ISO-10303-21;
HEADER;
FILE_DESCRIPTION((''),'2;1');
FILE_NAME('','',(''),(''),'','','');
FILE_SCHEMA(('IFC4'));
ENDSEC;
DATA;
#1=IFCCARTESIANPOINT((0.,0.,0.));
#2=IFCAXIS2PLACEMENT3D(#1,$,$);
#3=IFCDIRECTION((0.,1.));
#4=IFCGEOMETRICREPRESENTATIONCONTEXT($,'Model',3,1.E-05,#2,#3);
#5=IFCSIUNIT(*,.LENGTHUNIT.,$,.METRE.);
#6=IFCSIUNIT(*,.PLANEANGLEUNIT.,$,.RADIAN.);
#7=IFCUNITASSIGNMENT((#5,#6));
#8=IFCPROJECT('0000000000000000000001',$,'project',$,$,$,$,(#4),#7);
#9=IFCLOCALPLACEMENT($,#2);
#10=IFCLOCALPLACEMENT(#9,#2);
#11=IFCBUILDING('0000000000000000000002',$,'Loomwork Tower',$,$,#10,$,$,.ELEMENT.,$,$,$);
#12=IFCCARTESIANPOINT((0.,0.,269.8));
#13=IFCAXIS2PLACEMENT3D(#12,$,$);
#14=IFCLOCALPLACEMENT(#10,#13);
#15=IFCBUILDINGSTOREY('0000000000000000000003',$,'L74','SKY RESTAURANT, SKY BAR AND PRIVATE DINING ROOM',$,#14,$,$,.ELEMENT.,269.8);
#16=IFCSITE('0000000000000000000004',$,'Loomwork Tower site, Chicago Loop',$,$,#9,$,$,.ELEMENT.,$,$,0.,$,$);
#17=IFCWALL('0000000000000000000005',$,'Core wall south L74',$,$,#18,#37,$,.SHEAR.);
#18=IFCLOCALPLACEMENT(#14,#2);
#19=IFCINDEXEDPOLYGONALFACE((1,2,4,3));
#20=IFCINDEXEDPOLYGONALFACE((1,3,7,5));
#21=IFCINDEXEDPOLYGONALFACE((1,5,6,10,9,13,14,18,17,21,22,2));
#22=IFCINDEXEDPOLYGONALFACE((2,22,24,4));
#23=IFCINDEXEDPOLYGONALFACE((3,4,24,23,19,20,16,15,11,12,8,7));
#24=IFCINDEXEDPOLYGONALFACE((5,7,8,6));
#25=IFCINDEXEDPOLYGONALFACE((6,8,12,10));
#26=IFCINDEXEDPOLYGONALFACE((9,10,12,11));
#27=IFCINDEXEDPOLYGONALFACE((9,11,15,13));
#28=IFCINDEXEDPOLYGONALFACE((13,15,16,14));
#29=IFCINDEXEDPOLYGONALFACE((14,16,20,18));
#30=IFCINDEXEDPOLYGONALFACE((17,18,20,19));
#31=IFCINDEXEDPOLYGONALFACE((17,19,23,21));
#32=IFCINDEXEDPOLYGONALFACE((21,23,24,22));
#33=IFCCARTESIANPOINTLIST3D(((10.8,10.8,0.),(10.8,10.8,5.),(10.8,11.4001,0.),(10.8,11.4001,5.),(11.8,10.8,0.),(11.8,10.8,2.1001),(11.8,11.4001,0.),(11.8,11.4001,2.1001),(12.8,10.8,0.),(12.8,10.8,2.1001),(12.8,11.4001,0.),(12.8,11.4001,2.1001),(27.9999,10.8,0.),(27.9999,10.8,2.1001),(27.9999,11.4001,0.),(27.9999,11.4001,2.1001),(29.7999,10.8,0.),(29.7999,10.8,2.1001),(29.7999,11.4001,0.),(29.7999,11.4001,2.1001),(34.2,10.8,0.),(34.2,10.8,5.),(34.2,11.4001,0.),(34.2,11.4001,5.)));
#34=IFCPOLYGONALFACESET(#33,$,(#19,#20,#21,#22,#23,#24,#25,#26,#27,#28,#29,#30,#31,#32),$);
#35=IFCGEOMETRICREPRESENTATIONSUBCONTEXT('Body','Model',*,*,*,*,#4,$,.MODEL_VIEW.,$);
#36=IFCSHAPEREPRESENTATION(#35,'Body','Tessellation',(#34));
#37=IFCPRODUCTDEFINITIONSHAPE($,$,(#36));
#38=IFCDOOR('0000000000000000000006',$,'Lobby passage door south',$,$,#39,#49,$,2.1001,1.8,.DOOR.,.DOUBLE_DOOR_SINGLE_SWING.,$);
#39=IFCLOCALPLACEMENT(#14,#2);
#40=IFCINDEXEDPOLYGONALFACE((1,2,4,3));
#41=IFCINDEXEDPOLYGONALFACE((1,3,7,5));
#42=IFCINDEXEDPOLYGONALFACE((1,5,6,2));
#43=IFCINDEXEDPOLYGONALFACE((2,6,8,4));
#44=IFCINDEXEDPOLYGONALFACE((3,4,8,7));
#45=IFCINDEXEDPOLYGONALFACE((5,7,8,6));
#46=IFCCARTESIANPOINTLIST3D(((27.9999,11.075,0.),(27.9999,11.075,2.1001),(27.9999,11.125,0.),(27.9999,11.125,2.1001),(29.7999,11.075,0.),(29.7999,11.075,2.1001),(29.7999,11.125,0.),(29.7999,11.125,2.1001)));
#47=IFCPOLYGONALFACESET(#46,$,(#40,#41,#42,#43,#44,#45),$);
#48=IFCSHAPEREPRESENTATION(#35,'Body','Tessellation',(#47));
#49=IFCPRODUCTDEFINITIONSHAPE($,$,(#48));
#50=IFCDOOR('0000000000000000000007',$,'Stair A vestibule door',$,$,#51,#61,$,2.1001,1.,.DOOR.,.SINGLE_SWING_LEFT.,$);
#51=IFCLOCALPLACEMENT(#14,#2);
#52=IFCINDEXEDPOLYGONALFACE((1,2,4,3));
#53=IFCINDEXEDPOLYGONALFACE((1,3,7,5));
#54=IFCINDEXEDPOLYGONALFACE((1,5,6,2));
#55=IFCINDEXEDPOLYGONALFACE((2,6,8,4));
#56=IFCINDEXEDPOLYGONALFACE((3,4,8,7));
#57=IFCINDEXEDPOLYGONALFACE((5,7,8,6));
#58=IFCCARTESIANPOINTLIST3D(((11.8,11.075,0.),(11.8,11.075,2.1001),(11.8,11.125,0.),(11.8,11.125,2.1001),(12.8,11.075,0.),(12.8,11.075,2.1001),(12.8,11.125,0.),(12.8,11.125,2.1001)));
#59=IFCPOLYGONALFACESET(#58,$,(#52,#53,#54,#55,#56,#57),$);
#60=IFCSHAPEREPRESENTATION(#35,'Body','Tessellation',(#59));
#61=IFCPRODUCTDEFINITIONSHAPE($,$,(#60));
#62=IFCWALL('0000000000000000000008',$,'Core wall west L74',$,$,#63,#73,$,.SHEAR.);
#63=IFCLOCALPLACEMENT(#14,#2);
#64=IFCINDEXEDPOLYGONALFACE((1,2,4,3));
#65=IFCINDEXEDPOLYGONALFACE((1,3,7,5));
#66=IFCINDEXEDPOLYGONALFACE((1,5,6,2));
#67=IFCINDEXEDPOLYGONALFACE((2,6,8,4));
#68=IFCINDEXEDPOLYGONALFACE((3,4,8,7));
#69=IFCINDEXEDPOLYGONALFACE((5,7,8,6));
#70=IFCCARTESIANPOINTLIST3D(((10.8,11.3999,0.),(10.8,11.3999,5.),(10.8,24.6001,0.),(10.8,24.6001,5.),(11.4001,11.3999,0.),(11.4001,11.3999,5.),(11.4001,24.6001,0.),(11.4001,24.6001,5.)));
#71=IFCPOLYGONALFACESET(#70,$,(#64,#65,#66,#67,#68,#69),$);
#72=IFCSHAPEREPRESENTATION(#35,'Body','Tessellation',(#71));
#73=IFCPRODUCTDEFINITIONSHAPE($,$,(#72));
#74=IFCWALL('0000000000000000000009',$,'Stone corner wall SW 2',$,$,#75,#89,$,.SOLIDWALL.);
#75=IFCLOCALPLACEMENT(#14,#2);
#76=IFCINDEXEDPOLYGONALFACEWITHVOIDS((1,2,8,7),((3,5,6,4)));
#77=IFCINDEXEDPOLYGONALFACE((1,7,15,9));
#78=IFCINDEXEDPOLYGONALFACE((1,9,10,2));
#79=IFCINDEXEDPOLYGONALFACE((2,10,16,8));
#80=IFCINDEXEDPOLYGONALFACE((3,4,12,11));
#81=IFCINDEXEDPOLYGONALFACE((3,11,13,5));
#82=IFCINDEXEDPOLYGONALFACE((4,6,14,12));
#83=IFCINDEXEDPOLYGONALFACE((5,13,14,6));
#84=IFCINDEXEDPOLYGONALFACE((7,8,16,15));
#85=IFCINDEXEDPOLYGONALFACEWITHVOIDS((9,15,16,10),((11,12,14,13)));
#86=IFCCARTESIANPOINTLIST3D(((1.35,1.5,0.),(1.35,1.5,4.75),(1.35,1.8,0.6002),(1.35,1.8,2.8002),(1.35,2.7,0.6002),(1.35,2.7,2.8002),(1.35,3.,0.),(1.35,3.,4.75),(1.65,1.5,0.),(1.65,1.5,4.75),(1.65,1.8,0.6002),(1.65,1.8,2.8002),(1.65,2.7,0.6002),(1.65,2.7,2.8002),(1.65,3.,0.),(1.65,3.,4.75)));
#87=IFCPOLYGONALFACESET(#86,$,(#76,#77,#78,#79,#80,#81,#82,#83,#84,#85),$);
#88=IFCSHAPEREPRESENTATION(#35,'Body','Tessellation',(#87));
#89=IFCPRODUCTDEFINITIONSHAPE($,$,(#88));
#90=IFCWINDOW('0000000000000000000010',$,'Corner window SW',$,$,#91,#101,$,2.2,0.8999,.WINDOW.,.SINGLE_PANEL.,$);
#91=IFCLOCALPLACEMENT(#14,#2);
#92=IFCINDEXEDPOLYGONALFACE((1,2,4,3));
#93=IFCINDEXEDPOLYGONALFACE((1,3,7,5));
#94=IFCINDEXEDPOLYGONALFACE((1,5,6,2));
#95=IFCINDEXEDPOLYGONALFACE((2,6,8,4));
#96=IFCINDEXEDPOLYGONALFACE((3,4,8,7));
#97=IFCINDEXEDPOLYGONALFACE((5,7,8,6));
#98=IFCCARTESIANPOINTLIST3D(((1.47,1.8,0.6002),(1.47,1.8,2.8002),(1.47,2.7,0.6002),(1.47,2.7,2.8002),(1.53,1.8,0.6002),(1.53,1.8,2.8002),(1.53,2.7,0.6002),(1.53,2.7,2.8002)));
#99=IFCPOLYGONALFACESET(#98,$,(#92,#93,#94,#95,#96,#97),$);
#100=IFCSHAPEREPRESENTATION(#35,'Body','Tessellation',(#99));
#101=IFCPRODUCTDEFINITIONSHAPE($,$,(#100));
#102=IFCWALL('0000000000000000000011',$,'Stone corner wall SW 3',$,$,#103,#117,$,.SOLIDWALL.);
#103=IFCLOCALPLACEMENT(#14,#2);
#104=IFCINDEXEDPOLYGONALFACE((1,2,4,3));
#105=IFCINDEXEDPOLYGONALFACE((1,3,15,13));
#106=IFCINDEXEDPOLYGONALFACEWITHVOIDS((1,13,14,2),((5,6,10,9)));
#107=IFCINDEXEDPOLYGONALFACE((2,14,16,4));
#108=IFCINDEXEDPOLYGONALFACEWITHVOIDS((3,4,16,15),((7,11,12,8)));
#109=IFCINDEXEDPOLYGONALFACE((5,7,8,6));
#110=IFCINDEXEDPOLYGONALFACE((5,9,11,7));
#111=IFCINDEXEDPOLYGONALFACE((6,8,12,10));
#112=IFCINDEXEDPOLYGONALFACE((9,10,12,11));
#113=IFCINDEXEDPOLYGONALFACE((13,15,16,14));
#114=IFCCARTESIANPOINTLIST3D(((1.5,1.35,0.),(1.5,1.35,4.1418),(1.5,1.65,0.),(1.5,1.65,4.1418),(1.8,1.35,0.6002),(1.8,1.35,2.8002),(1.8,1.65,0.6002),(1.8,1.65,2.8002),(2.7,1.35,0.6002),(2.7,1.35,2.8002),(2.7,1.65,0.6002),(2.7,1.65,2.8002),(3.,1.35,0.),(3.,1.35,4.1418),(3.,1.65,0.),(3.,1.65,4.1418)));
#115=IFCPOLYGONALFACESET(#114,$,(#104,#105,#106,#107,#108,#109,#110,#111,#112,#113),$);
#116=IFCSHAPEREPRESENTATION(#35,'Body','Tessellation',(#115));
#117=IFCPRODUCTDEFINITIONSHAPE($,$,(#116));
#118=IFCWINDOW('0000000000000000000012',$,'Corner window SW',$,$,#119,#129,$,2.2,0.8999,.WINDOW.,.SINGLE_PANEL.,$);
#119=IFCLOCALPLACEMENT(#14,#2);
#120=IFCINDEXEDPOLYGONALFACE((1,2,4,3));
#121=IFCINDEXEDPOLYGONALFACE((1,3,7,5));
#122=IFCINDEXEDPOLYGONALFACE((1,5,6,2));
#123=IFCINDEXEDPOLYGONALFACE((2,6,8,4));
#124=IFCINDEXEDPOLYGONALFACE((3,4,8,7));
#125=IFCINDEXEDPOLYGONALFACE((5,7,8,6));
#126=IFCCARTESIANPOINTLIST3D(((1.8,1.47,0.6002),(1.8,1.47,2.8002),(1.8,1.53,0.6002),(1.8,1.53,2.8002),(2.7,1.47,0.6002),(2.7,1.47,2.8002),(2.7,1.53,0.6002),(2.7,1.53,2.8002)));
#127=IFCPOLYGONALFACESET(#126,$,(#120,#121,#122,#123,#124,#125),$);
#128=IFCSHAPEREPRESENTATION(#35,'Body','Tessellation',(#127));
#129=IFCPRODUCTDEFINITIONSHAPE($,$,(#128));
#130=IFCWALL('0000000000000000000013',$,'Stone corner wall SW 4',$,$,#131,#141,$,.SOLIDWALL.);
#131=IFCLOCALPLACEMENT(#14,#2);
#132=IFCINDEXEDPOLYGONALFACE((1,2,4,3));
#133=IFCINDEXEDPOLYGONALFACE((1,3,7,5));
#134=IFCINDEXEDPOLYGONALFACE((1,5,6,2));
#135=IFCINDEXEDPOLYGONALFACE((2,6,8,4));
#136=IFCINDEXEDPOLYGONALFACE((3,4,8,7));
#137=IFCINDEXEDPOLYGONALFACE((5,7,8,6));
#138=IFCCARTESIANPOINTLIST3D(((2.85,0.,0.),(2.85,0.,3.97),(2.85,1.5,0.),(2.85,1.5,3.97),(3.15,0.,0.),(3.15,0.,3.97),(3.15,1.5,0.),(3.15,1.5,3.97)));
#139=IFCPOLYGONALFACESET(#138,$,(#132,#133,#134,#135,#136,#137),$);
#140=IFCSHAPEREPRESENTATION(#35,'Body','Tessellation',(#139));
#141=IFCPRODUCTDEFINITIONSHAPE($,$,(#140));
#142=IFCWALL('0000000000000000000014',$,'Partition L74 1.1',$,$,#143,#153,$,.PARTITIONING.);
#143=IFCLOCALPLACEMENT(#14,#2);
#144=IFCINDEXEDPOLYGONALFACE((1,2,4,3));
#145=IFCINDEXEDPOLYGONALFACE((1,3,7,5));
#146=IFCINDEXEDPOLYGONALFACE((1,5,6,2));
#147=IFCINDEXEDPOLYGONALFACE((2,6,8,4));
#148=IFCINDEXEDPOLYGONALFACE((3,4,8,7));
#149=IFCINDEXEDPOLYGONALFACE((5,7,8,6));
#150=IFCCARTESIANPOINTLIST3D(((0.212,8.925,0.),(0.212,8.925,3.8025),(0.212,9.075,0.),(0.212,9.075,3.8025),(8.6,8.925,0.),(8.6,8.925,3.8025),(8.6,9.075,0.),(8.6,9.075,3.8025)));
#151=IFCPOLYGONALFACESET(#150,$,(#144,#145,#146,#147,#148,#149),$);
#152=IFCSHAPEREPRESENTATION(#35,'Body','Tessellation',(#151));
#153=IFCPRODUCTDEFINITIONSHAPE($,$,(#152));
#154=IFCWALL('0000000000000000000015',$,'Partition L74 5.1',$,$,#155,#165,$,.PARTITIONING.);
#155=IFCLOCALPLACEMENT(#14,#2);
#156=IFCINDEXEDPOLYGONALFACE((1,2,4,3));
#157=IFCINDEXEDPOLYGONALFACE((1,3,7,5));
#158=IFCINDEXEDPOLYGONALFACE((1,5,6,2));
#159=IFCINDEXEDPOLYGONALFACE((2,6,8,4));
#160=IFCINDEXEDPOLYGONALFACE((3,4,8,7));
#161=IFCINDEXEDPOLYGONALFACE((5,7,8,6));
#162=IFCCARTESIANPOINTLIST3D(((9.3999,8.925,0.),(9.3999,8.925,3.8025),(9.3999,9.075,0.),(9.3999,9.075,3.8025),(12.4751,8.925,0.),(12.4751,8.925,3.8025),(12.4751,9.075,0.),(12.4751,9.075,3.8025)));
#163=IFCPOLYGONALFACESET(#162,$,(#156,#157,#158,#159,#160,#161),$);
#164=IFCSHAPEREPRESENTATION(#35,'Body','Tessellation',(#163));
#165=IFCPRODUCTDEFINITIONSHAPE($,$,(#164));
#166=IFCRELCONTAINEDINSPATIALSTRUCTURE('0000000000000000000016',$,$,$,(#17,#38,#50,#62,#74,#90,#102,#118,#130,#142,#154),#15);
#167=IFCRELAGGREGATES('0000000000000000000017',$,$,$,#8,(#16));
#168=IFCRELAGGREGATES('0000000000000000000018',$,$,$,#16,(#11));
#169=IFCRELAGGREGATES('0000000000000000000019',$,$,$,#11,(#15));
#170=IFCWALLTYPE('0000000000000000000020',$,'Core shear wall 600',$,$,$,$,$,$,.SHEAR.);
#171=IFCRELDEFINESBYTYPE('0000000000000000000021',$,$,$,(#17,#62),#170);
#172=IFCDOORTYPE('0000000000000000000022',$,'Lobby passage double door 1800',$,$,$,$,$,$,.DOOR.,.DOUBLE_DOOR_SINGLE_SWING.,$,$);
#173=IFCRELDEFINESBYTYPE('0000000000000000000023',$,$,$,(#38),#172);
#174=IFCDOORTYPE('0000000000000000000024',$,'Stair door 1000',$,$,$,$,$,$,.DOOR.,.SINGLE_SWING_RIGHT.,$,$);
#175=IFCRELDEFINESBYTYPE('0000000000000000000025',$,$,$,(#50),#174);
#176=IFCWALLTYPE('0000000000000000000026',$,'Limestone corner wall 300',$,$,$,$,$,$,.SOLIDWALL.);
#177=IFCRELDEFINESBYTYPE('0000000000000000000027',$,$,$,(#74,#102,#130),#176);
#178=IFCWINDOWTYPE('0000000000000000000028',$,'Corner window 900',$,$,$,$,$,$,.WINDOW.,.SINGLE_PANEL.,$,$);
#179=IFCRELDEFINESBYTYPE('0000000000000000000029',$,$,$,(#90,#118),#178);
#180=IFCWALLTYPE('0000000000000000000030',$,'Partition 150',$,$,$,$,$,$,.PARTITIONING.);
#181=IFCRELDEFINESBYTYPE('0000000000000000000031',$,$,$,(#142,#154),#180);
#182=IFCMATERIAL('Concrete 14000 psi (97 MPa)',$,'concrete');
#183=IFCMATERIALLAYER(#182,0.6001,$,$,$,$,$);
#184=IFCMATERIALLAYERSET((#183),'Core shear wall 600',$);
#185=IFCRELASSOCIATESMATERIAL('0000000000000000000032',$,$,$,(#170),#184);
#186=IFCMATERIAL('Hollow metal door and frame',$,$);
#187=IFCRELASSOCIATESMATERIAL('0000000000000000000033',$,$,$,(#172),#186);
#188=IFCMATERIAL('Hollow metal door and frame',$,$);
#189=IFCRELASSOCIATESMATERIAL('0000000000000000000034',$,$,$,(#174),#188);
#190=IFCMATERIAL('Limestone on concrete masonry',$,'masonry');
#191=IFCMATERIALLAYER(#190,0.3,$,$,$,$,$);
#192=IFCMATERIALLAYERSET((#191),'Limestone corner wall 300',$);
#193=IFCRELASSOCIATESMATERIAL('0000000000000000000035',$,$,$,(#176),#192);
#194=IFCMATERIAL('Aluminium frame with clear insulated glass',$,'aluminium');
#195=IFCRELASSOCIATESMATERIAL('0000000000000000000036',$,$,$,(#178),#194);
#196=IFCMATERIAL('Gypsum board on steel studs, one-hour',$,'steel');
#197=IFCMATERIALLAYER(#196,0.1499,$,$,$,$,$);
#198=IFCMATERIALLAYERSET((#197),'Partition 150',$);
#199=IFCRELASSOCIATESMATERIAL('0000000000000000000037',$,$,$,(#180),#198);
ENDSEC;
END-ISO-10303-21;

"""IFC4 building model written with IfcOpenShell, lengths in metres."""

from ifc_helpers import new_model, si_unit, direction, frame, frame_2d, origin, place, context, subcontext, project, spatial, rectangle, extrude, material, layer, layer_set, type_object, element, fill, save


model = new_model("IFC4")

# Units and contexts
model_context = context("Model", 3, precision=1e-05, world=origin(), true_north=direction((0.0, 1.0)))
body_context = subcontext(model_context, "Body", "Model", "MODEL_VIEW")
ifc_project = project(units=[si_unit("LENGTHUNIT", "METRE"), si_unit("PLANEANGLEUNIT", "RADIAN")], contexts=[model_context])

# Site, building, storey
site_placement = place(None, origin())
site = spatial("IfcSite", under=ifc_project, at=site_placement, Name="Loomwork Tower site, Chicago Loop", CompositionType="ELEMENT", RefElevation=0.0)
building_placement = place(site_placement, origin())
building = spatial("IfcBuilding", under=site, at=building_placement, Name="Loomwork Tower", CompositionType="ELEMENT")
storey_placement = place(building_placement, frame((0.0, 0.0, 269.8)))
storey = spatial("IfcBuildingStorey", under=building, at=storey_placement, Name="L74", Description="SKY RESTAURANT, SKY BAR AND PRIVATE DINING ROOM", CompositionType="ELEMENT", Elevation=269.8)

# Wall, openings, doors
ifc_material_1 = material(Name="Concrete 14000 psi (97 MPa)", Category="concrete")
ifc_layer_1 = layer(ifc_material_1, 0.6001)
ifc_layer_set_1 = layer_set([ifc_layer_1], Name="Core shear wall 600")
wall_type_1 = type_object("IfcWallType", Name="Core shear wall 600", PredefinedType="SHEAR", material=ifc_layer_set_1)
wall_1_placement = place(storey_placement, frame((10.8, 11.1001, 0.0), z_axis=(0.0, 0.0, 1.0), x_axis=(1.0, 0.0, 0.0)))
wall_1 = element("IfcWall", 1, at=wall_1_placement, inside=storey, type_object=wall_type_1, Name="Core wall south L74", PredefinedType="SHEAR", context=body_context, shape_type="SweptSolid", body=[
    extrude(rectangle(XDim=23.3999, YDim=0.6001, at=frame_2d((11.7, 0.0))), origin(), (0.0, 0.0, 1.0), 5.0),
])
opening_1_placement = place(wall_1_placement, frame((1.0, 0.0, 0.0)))
opening_1 = element("IfcOpeningElement", 2, at=opening_1_placement, cuts=wall_1, PredefinedType="OPENING", context=body_context, shape_type="SweptSolid", body=[
    extrude(rectangle(XDim=1.0, YDim=2.1001, at=frame_2d((0.5, 1.05))), frame((0.0, 0.3101, 0.0), z_axis=(0.0, -1.0, 0.0), x_axis=(1.0, 0.0, 0.0)), (0.0, 0.0, 1.0), 0.6201),
])
opening_2_placement = place(wall_1_placement, frame((17.2, 0.0, 0.0)))
opening_2 = element("IfcOpeningElement", 3, at=opening_2_placement, cuts=wall_1, PredefinedType="OPENING", context=body_context, shape_type="SweptSolid", body=[
    extrude(rectangle(XDim=1.8, YDim=2.1001, at=frame_2d((0.8999, 1.05))), frame((0.0, 0.3101, 0.0), z_axis=(0.0, -1.0, 0.0), x_axis=(1.0, 0.0, 0.0)), (0.0, 0.0, 1.0), 0.6201),
])
ifc_material_2 = material(Name="Hollow metal door and frame")
door_type_1 = type_object("IfcDoorType", Name="Lobby passage double door 1800", OperationType="DOUBLE_DOOR_SINGLE_SWING", PredefinedType="DOOR", material=ifc_material_2)
door_1_placement = place(opening_2_placement, origin())
door_1 = element("IfcDoor", 4, at=door_1_placement, inside=storey, type_object=door_type_1, Name="Lobby passage door south", OperationType="DOUBLE_DOOR_SINGLE_SWING", OverallHeight=2.1001, OverallWidth=1.8, PredefinedType="DOOR", context=body_context, shape_type="SweptSolid", body=[
    extrude(rectangle(XDim=1.8, YDim=2.1001, at=frame_2d((0.8999, 1.05))), frame((0.0, 0.0249, 0.0), z_axis=(0.0, -1.0, 0.0), x_axis=(1.0, 0.0, 0.0)), (0.0, 0.0, 1.0), 0.05),
])
fill(opening_2, door_1)
ifc_material_3 = material(Name="Hollow metal door and frame")
door_type_2 = type_object("IfcDoorType", Name="Stair door 1000", OperationType="SINGLE_SWING_RIGHT", PredefinedType="DOOR", material=ifc_material_3)
door_2_placement = place(opening_1_placement, origin())
door_2 = element("IfcDoor", 5, at=door_2_placement, inside=storey, type_object=door_type_2, Name="Stair A vestibule door", OperationType="SINGLE_SWING_LEFT", OverallHeight=2.1001, OverallWidth=1.0, PredefinedType="DOOR", context=body_context, shape_type="SweptSolid", body=[
    extrude(rectangle(XDim=1.0, YDim=2.1001, at=frame_2d((0.5, 1.05))), frame((0.0, 0.0249, 0.0), z_axis=(0.0, -1.0, 0.0), x_axis=(1.0, 0.0, 0.0)), (0.0, 0.0, 1.0), 0.05),
])
fill(opening_1, door_2)

# Wall
wall_2_placement = place(storey_placement, frame((11.1001, 11.3999, 0.0), z_axis=(0.0, 0.0, 1.0), x_axis=(0.0, 1.0, 0.0)))
element("IfcWall", 6, at=wall_2_placement, inside=storey, type_object=wall_type_1, Name="Core wall west L74", PredefinedType="SHEAR", context=body_context, shape_type="SweptSolid", body=[
    extrude(rectangle(XDim=13.2002, YDim=0.6001, at=frame_2d((6.6001, 0.0))), origin(), (0.0, 0.0, 1.0), 5.0),
])

# Walls, openings, windows
ifc_material_4 = material(Name="Limestone on concrete masonry", Category="masonry")
ifc_layer_2 = layer(ifc_material_4, 0.3)
ifc_layer_set_2 = layer_set([ifc_layer_2], Name="Limestone corner wall 300")
wall_type_2 = type_object("IfcWallType", Name="Limestone corner wall 300", PredefinedType="SOLIDWALL", material=ifc_layer_set_2)
wall_3_placement = place(storey_placement, frame((1.5, 3.0, 0.0), z_axis=(0.0, 0.0, 1.0), x_axis=(0.0, -1.0, 0.0)))
wall_3 = element("IfcWall", 7, at=wall_3_placement, inside=storey, type_object=wall_type_2, Name="Stone corner wall SW 2", PredefinedType="SOLIDWALL", context=body_context, shape_type="SweptSolid", body=[
    extrude(rectangle(XDim=1.5, YDim=0.3, at=frame_2d((0.75, 0.0))), origin(), (0.0, 0.0, 1.0), 4.75),
])
opening_3_placement = place(wall_3_placement, frame((0.3, 0.0, 0.6001)))
opening_3 = element("IfcOpeningElement", 8, at=opening_3_placement, cuts=wall_3, PredefinedType="OPENING", context=body_context, shape_type="SweptSolid", body=[
    extrude(rectangle(XDim=0.8999, YDim=2.2, at=frame_2d((0.45, 1.1001))), frame((0.0, 0.1599, 0.0), z_axis=(0.0, -1.0, 0.0), x_axis=(1.0, 0.0, 0.0)), (0.0, 0.0, 1.0), 0.3201),
])
ifc_material_5 = material(Name="Aluminium frame with clear insulated glass", Category="aluminium")
window_type = type_object("IfcWindowType", Name="Corner window 900", PartitioningType="SINGLE_PANEL", PredefinedType="WINDOW", material=ifc_material_5)
window_1_placement = place(opening_3_placement, origin())
window_1 = element("IfcWindow", 9, at=window_1_placement, inside=storey, type_object=window_type, Name="Corner window SW", OverallHeight=2.2, OverallWidth=0.8999, PartitioningType="SINGLE_PANEL", PredefinedType="WINDOW", context=body_context, shape_type="SweptSolid", body=[
    extrude(rectangle(XDim=0.8999, YDim=2.2, at=frame_2d((0.45, 1.1001))), frame((0.0, 0.03, 0.0), z_axis=(0.0, -1.0, 0.0), x_axis=(1.0, 0.0, 0.0)), (0.0, 0.0, 1.0), 0.0601),
])
fill(opening_3, window_1)
wall_4_placement = place(storey_placement, frame((1.5, 1.5, 0.0), z_axis=(0.0, 0.0, 1.0), x_axis=(1.0, 0.0, 0.0)))
wall_4 = element("IfcWall", 10, at=wall_4_placement, inside=storey, type_object=wall_type_2, Name="Stone corner wall SW 3", PredefinedType="SOLIDWALL", context=body_context, shape_type="SweptSolid", body=[
    extrude(rectangle(XDim=1.5, YDim=0.3, at=frame_2d((0.75, 0.0))), origin(), (0.0, 0.0, 1.0), 4.1418),
])
opening_4_placement = place(wall_4_placement, frame((0.3, 0.0, 0.6001)))
opening_4 = element("IfcOpeningElement", 11, at=opening_4_placement, cuts=wall_4, PredefinedType="OPENING", context=body_context, shape_type="SweptSolid", body=[
    extrude(rectangle(XDim=0.8999, YDim=2.2, at=frame_2d((0.45, 1.1001))), frame((0.0, 0.1599, 0.0), z_axis=(0.0, -1.0, 0.0), x_axis=(1.0, 0.0, 0.0)), (0.0, 0.0, 1.0), 0.3201),
])
window_2_placement = place(opening_4_placement, origin())
window_2 = element("IfcWindow", 12, at=window_2_placement, inside=storey, type_object=window_type, Name="Corner window SW", OverallHeight=2.2, OverallWidth=0.8999, PartitioningType="SINGLE_PANEL", PredefinedType="WINDOW", context=body_context, shape_type="SweptSolid", body=[
    extrude(rectangle(XDim=0.8999, YDim=2.2, at=frame_2d((0.45, 1.1001))), frame((0.0, 0.03, 0.0), z_axis=(0.0, -1.0, 0.0), x_axis=(1.0, 0.0, 0.0)), (0.0, 0.0, 1.0), 0.0601),
])
fill(opening_4, window_2)

# Walls
wall_5_placement = place(storey_placement, frame((3.0, 1.5, 0.0), z_axis=(0.0, 0.0, 1.0), x_axis=(0.0, -1.0, 0.0)))
element("IfcWall", 13, at=wall_5_placement, inside=storey, type_object=wall_type_2, Name="Stone corner wall SW 4", PredefinedType="SOLIDWALL", context=body_context, shape_type="SweptSolid", body=[
    extrude(rectangle(XDim=1.5, YDim=0.3, at=frame_2d((0.75, 0.0))), origin(), (0.0, 0.0, 1.0), 3.97),
])
ifc_material_6 = material(Name="Gypsum board on steel studs, one-hour", Category="steel")
ifc_layer_3 = layer(ifc_material_6, 0.1499)
ifc_layer_set_3 = layer_set([ifc_layer_3], Name="Partition 150")
wall_type_3 = type_object("IfcWallType", Name="Partition 150", PredefinedType="PARTITIONING", material=ifc_layer_set_3)
wall_6_placement = place(storey_placement, frame((0.2122, 9.0, 0.0), z_axis=(0.0, 0.0, 1.0), x_axis=(1.0, 0.0, 0.0)))
element("IfcWall", 14, at=wall_6_placement, inside=storey, type_object=wall_type_3, Name="Partition L74 1.1", PredefinedType="PARTITIONING", context=body_context, shape_type="SweptSolid", body=[
    extrude(rectangle(XDim=8.3879, YDim=0.1499, at=frame_2d((4.1938, 0.0))), origin(), (0.0, 0.0, 1.0), 3.8025),
])
wall_7_placement = place(storey_placement, frame((9.3999, 9.0, 0.0), z_axis=(0.0, 0.0, 1.0), x_axis=(1.0, 0.0, 0.0)))
element("IfcWall", 15, at=wall_7_placement, inside=storey, type_object=wall_type_3, Name="Partition L74 5.1", PredefinedType="PARTITIONING", context=body_context, shape_type="SweptSolid", body=[
    extrude(rectangle(XDim=3.0752, YDim=0.1499, at=frame_2d((1.5376, 0.0))), origin(), (0.0, 0.0, 1.0), 3.8025),
])

save(model, "model.ifc")
